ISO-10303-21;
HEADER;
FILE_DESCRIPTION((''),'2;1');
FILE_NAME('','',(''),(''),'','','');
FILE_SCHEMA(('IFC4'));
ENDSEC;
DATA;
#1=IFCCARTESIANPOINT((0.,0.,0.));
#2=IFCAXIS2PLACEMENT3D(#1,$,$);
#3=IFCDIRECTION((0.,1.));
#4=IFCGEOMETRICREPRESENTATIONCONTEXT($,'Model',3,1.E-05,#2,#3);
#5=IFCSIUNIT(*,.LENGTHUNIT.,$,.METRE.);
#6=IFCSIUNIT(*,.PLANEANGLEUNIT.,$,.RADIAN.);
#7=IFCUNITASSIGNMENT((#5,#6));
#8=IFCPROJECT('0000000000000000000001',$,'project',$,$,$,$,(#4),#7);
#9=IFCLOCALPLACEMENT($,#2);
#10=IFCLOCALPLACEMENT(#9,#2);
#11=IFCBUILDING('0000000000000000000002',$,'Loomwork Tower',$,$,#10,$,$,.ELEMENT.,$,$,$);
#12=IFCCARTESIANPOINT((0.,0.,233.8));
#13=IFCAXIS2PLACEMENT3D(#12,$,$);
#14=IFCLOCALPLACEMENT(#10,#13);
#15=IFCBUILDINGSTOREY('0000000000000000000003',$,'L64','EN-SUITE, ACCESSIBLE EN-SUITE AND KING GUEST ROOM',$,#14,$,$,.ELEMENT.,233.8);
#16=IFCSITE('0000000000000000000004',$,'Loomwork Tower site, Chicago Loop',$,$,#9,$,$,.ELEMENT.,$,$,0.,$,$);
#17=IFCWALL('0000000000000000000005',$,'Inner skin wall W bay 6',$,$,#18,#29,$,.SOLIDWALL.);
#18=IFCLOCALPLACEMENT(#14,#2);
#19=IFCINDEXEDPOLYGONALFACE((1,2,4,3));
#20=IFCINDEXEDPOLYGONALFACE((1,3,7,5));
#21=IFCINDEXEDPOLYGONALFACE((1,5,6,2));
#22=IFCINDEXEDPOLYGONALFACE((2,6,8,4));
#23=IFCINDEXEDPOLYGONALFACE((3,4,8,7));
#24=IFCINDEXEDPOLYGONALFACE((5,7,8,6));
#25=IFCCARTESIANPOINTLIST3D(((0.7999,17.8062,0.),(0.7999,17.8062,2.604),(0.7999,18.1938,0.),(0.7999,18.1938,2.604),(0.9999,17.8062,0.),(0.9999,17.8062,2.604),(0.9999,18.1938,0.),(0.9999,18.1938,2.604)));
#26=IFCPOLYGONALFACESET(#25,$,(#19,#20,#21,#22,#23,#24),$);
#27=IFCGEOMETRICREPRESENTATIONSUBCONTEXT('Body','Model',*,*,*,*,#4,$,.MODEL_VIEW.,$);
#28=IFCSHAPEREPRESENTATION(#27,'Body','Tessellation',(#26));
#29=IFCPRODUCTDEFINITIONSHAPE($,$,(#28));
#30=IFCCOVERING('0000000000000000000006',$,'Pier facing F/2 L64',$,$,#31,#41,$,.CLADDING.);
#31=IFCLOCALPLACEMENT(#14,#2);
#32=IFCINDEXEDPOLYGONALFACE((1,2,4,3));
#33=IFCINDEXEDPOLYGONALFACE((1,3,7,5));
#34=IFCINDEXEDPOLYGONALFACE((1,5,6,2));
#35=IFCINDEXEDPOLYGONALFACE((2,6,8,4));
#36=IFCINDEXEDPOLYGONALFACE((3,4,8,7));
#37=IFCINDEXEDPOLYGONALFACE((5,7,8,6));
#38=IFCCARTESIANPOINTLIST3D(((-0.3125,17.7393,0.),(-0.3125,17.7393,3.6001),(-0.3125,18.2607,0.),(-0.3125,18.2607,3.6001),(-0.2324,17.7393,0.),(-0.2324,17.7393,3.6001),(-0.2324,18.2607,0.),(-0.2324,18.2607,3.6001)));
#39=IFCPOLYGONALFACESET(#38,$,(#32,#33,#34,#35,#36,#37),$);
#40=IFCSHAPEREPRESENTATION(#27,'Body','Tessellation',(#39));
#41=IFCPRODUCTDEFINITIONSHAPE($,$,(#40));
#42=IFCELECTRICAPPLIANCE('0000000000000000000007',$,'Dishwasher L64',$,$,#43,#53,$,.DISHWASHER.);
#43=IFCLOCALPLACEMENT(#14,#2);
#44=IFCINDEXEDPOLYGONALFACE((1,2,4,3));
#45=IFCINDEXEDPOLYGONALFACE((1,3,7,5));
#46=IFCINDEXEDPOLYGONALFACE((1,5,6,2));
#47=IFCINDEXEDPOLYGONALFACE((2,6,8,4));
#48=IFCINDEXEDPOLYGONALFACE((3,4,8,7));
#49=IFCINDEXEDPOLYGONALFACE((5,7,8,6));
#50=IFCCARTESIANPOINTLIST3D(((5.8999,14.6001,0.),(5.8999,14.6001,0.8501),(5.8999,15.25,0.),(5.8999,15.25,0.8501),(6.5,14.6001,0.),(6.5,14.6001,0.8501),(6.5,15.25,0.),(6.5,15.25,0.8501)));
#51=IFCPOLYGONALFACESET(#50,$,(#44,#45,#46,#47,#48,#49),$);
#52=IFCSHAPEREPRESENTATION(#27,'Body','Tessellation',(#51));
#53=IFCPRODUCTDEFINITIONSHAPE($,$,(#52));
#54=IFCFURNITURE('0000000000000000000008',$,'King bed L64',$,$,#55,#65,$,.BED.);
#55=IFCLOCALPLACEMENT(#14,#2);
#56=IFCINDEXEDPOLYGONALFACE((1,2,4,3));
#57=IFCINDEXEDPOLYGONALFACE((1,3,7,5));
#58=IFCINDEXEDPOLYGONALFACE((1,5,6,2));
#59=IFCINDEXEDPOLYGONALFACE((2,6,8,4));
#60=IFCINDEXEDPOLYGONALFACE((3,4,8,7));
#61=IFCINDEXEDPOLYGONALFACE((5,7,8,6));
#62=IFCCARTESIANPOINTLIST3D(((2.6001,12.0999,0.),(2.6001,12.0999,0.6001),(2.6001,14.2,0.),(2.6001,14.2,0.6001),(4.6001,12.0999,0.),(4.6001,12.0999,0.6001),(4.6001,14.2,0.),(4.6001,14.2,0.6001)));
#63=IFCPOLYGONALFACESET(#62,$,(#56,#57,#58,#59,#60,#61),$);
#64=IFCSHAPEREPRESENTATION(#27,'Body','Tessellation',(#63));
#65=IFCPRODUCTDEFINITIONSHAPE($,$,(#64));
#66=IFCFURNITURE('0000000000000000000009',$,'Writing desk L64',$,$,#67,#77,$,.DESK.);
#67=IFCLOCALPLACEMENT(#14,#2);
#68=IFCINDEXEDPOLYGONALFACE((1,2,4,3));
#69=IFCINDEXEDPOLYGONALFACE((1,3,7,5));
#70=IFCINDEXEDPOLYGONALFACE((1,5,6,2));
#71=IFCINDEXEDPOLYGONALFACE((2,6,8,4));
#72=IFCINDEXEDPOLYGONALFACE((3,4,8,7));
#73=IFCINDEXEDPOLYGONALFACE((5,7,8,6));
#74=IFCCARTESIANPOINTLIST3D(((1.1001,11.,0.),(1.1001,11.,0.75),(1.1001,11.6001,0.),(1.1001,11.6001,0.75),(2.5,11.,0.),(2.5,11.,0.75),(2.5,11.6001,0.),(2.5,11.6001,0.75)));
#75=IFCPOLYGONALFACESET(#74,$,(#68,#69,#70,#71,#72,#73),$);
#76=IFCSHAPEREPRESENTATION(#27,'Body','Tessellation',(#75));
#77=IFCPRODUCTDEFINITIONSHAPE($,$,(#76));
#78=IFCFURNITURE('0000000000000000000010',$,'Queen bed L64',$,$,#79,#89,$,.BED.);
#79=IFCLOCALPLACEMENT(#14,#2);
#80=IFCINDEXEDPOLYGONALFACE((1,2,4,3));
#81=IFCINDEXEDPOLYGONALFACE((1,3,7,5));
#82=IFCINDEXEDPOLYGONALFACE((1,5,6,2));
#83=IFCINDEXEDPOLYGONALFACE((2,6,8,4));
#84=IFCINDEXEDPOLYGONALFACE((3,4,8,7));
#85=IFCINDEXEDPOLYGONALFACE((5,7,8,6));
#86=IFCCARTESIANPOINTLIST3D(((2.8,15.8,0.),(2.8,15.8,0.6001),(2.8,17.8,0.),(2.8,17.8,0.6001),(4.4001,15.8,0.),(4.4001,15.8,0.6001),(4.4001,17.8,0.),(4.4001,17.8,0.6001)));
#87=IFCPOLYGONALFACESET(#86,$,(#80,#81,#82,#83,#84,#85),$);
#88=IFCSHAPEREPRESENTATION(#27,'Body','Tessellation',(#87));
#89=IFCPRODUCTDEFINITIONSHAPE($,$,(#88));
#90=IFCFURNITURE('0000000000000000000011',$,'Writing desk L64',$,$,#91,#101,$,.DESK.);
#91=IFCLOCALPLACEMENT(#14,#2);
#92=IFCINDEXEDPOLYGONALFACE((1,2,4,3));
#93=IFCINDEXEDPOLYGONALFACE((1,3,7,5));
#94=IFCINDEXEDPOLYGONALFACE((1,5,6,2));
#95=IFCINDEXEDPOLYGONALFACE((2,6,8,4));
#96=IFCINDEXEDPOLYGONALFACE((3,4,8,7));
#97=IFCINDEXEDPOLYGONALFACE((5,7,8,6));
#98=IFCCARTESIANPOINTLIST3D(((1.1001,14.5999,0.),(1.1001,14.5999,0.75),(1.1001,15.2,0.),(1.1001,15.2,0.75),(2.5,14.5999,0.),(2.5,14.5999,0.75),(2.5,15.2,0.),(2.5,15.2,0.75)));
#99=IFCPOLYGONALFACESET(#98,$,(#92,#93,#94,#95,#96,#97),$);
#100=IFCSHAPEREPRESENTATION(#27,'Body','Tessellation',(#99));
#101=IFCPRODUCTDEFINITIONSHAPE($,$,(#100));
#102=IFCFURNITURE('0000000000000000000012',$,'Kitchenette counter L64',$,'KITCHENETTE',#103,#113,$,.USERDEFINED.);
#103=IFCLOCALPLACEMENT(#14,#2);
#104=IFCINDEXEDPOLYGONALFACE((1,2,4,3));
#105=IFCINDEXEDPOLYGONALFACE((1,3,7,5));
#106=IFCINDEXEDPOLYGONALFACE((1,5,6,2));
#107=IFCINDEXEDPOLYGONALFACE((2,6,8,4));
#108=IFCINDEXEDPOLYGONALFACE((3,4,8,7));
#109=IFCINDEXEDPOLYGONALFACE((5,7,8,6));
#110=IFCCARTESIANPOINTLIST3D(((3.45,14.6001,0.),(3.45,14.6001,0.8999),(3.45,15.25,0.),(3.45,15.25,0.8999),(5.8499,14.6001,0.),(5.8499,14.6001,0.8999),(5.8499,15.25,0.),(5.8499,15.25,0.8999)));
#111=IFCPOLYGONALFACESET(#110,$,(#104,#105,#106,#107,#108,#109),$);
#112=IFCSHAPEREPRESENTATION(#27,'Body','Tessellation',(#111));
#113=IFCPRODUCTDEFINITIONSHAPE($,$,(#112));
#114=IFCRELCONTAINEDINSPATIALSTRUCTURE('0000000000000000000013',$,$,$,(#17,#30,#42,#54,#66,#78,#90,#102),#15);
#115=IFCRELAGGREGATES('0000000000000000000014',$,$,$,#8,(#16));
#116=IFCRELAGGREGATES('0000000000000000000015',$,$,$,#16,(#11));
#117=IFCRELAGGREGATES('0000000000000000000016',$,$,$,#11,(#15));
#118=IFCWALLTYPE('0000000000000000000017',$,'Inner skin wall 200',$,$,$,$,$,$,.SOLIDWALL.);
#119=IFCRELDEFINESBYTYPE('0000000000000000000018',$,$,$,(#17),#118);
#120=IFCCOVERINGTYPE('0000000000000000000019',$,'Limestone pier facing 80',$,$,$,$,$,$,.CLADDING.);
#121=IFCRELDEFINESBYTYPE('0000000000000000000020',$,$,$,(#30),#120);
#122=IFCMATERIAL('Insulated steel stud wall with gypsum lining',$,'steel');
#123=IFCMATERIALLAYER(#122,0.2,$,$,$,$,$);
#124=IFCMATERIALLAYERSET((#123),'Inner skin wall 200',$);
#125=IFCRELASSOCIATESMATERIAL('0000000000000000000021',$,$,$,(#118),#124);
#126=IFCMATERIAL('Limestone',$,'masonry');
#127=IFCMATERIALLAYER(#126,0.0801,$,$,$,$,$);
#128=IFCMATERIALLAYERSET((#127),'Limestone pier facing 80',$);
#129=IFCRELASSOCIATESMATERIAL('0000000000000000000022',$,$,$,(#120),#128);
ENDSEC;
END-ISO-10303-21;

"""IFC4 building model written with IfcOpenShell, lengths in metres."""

from ifc_helpers import new_model, si_unit, direction, frame, frame_2d, origin, origin_2d, place, context, subcontext, project, spatial, rectangle, extrude, material, layer, layer_set, type_object, element, save


model = new_model("IFC4")

# Units and contexts
model_context = context("Model", 3, precision=1e-05, world=origin(), true_north=direction((0.0, 1.0)))
body_context = subcontext(model_context, "Body", "Model", "MODEL_VIEW")
ifc_project = project(units=[si_unit("LENGTHUNIT", "METRE"), si_unit("PLANEANGLEUNIT", "RADIAN")], contexts=[model_context])

# Site, building, storey
site_placement = place(None, origin())
site = spatial("IfcSite", under=ifc_project, at=site_placement, Name="Loomwork Tower site, Chicago Loop", CompositionType="ELEMENT", RefElevation=0.0)
building_placement = place(site_placement, origin())
building = spatial("IfcBuilding", under=site, at=building_placement, Name="Loomwork Tower", CompositionType="ELEMENT")
storey_placement = place(building_placement, frame((0.0, 0.0, 233.8)))
storey = spatial("IfcBuildingStorey", under=building, at=storey_placement, Name="L64", Description="EN-SUITE, ACCESSIBLE EN-SUITE AND KING GUEST ROOM", CompositionType="ELEMENT", Elevation=233.8)

# Wall
ifc_material_1 = material(Name="Insulated steel stud wall with gypsum lining", Category="steel")
ifc_layer_1 = layer(ifc_material_1, 0.2)
ifc_layer_set_1 = layer_set([ifc_layer_1], Name="Inner skin wall 200")
wall_type_1 = type_object("IfcWallType", Name="Inner skin wall 200", PredefinedType="SOLIDWALL", material=ifc_layer_set_1)
wall_1_placement = place(storey_placement, frame((0.8999, 17.8062, 0.0), z_axis=(0.0, 0.0, 1.0), x_axis=(0.0, 1.0, 0.0)))
element("IfcWall", 1, at=wall_1_placement, inside=storey, type_object=wall_type_1, Name="Inner skin wall W bay 6", PredefinedType="SOLIDWALL", context=body_context, shape_type="SweptSolid", body=[
    extrude(rectangle(XDim=0.3877, YDim=0.2, at=frame_2d((0.1938, 0.0))), origin(), (0.0, 0.0, 1.0), 2.604),
])

# Covering
ifc_material_2 = material(Name="Limestone", Category="masonry")
ifc_layer_2 = layer(ifc_material_2, 0.0801)
ifc_layer_set_2 = layer_set([ifc_layer_2], Name="Limestone pier facing 80")
covering_type = type_object("IfcCoveringType", Name="Limestone pier facing 80", PredefinedType="CLADDING", material=ifc_layer_set_2)
covering_placement = place(storey_placement, frame((-0.2725, 18.0, 0.0), z_axis=(0.0, 0.0, 1.0), x_axis=(1.0, 0.0, 0.0)))
element("IfcCovering", 2, at=covering_placement, inside=storey, type_object=covering_type, Name="Pier facing F/2 L64", PredefinedType="CLADDING", context=body_context, shape_type="SweptSolid", body=[
    extrude(rectangle(XDim=0.0801, YDim=0.5215, at=origin_2d()), origin(), (0.0, 0.0, 1.0), 3.6001),
])

# Electric appliance
electric_appliance_placement = place(storey_placement, frame((6.2, 14.925, 0.0), z_axis=(0.0, 0.0, 1.0), x_axis=(1.0, 0.0, 0.0)))
element("IfcElectricAppliance", 3, at=electric_appliance_placement, inside=storey, Name="Dishwasher L64", PredefinedType="DISHWASHER", context=body_context, shape_type="SweptSolid", body=[
    extrude(rectangle(XDim=0.6001, YDim=0.6499, at=origin_2d()), origin(), (0.0, 0.0, 1.0), 0.8501),
])

# Furniture
furniture_1_placement = place(storey_placement, frame((3.6001, 13.1499, 0.0), z_axis=(0.0, 0.0, 1.0), x_axis=(1.0, 0.0, 0.0)))
element("IfcFurniture", 4, at=furniture_1_placement, inside=storey, Name="King bed L64", PredefinedType="BED", context=body_context, shape_type="SweptSolid", body=[
    extrude(rectangle(XDim=2.0, YDim=2.1001, at=origin_2d()), origin(), (0.0, 0.0, 1.0), 0.6001),
])
furniture_2_placement = place(storey_placement, frame((1.8, 11.3, 0.0), z_axis=(0.0, 0.0, 1.0), x_axis=(1.0, 0.0, 0.0)))
element("IfcFurniture", 5, at=furniture_2_placement, inside=storey, Name="Writing desk L64", PredefinedType="DESK", context=body_context, shape_type="SweptSolid", body=[
    extrude(rectangle(XDim=1.3999, YDim=0.6001, at=origin_2d()), origin(), (0.0, 0.0, 1.0), 0.75),
])
furniture_3_placement = place(storey_placement, frame((3.6001, 16.8, 0.0), z_axis=(0.0, 0.0, 1.0), x_axis=(1.0, 0.0, 0.0)))
element("IfcFurniture", 6, at=furniture_3_placement, inside=storey, Name="Queen bed L64", PredefinedType="BED", context=body_context, shape_type="SweptSolid", body=[
    extrude(rectangle(XDim=1.6001, YDim=2.0, at=origin_2d()), origin(), (0.0, 0.0, 1.0), 0.6001),
])
furniture_4_placement = place(storey_placement, frame((1.8, 14.8999, 0.0), z_axis=(0.0, 0.0, 1.0), x_axis=(1.0, 0.0, 0.0)))
element("IfcFurniture", 7, at=furniture_4_placement, inside=storey, Name="Writing desk L64", PredefinedType="DESK", context=body_context, shape_type="SweptSolid", body=[
    extrude(rectangle(XDim=1.3999, YDim=0.6001, at=origin_2d()), origin(), (0.0, 0.0, 1.0), 0.75),
])
furniture_5_placement = place(storey_placement, frame((4.6499, 14.925, 0.0), z_axis=(0.0, 0.0, 1.0), x_axis=(1.0, 0.0, 0.0)))
element("IfcFurniture", 8, at=furniture_5_placement, inside=storey, Name="Kitchenette counter L64", ObjectType="KITCHENETTE", PredefinedType="USERDEFINED", context=body_context, shape_type="SweptSolid", body=[
    extrude(rectangle(XDim=2.3999, YDim=0.6499, at=origin_2d()), origin(), (0.0, 0.0, 1.0), 0.8999),
])

save(model, "model.ifc")
